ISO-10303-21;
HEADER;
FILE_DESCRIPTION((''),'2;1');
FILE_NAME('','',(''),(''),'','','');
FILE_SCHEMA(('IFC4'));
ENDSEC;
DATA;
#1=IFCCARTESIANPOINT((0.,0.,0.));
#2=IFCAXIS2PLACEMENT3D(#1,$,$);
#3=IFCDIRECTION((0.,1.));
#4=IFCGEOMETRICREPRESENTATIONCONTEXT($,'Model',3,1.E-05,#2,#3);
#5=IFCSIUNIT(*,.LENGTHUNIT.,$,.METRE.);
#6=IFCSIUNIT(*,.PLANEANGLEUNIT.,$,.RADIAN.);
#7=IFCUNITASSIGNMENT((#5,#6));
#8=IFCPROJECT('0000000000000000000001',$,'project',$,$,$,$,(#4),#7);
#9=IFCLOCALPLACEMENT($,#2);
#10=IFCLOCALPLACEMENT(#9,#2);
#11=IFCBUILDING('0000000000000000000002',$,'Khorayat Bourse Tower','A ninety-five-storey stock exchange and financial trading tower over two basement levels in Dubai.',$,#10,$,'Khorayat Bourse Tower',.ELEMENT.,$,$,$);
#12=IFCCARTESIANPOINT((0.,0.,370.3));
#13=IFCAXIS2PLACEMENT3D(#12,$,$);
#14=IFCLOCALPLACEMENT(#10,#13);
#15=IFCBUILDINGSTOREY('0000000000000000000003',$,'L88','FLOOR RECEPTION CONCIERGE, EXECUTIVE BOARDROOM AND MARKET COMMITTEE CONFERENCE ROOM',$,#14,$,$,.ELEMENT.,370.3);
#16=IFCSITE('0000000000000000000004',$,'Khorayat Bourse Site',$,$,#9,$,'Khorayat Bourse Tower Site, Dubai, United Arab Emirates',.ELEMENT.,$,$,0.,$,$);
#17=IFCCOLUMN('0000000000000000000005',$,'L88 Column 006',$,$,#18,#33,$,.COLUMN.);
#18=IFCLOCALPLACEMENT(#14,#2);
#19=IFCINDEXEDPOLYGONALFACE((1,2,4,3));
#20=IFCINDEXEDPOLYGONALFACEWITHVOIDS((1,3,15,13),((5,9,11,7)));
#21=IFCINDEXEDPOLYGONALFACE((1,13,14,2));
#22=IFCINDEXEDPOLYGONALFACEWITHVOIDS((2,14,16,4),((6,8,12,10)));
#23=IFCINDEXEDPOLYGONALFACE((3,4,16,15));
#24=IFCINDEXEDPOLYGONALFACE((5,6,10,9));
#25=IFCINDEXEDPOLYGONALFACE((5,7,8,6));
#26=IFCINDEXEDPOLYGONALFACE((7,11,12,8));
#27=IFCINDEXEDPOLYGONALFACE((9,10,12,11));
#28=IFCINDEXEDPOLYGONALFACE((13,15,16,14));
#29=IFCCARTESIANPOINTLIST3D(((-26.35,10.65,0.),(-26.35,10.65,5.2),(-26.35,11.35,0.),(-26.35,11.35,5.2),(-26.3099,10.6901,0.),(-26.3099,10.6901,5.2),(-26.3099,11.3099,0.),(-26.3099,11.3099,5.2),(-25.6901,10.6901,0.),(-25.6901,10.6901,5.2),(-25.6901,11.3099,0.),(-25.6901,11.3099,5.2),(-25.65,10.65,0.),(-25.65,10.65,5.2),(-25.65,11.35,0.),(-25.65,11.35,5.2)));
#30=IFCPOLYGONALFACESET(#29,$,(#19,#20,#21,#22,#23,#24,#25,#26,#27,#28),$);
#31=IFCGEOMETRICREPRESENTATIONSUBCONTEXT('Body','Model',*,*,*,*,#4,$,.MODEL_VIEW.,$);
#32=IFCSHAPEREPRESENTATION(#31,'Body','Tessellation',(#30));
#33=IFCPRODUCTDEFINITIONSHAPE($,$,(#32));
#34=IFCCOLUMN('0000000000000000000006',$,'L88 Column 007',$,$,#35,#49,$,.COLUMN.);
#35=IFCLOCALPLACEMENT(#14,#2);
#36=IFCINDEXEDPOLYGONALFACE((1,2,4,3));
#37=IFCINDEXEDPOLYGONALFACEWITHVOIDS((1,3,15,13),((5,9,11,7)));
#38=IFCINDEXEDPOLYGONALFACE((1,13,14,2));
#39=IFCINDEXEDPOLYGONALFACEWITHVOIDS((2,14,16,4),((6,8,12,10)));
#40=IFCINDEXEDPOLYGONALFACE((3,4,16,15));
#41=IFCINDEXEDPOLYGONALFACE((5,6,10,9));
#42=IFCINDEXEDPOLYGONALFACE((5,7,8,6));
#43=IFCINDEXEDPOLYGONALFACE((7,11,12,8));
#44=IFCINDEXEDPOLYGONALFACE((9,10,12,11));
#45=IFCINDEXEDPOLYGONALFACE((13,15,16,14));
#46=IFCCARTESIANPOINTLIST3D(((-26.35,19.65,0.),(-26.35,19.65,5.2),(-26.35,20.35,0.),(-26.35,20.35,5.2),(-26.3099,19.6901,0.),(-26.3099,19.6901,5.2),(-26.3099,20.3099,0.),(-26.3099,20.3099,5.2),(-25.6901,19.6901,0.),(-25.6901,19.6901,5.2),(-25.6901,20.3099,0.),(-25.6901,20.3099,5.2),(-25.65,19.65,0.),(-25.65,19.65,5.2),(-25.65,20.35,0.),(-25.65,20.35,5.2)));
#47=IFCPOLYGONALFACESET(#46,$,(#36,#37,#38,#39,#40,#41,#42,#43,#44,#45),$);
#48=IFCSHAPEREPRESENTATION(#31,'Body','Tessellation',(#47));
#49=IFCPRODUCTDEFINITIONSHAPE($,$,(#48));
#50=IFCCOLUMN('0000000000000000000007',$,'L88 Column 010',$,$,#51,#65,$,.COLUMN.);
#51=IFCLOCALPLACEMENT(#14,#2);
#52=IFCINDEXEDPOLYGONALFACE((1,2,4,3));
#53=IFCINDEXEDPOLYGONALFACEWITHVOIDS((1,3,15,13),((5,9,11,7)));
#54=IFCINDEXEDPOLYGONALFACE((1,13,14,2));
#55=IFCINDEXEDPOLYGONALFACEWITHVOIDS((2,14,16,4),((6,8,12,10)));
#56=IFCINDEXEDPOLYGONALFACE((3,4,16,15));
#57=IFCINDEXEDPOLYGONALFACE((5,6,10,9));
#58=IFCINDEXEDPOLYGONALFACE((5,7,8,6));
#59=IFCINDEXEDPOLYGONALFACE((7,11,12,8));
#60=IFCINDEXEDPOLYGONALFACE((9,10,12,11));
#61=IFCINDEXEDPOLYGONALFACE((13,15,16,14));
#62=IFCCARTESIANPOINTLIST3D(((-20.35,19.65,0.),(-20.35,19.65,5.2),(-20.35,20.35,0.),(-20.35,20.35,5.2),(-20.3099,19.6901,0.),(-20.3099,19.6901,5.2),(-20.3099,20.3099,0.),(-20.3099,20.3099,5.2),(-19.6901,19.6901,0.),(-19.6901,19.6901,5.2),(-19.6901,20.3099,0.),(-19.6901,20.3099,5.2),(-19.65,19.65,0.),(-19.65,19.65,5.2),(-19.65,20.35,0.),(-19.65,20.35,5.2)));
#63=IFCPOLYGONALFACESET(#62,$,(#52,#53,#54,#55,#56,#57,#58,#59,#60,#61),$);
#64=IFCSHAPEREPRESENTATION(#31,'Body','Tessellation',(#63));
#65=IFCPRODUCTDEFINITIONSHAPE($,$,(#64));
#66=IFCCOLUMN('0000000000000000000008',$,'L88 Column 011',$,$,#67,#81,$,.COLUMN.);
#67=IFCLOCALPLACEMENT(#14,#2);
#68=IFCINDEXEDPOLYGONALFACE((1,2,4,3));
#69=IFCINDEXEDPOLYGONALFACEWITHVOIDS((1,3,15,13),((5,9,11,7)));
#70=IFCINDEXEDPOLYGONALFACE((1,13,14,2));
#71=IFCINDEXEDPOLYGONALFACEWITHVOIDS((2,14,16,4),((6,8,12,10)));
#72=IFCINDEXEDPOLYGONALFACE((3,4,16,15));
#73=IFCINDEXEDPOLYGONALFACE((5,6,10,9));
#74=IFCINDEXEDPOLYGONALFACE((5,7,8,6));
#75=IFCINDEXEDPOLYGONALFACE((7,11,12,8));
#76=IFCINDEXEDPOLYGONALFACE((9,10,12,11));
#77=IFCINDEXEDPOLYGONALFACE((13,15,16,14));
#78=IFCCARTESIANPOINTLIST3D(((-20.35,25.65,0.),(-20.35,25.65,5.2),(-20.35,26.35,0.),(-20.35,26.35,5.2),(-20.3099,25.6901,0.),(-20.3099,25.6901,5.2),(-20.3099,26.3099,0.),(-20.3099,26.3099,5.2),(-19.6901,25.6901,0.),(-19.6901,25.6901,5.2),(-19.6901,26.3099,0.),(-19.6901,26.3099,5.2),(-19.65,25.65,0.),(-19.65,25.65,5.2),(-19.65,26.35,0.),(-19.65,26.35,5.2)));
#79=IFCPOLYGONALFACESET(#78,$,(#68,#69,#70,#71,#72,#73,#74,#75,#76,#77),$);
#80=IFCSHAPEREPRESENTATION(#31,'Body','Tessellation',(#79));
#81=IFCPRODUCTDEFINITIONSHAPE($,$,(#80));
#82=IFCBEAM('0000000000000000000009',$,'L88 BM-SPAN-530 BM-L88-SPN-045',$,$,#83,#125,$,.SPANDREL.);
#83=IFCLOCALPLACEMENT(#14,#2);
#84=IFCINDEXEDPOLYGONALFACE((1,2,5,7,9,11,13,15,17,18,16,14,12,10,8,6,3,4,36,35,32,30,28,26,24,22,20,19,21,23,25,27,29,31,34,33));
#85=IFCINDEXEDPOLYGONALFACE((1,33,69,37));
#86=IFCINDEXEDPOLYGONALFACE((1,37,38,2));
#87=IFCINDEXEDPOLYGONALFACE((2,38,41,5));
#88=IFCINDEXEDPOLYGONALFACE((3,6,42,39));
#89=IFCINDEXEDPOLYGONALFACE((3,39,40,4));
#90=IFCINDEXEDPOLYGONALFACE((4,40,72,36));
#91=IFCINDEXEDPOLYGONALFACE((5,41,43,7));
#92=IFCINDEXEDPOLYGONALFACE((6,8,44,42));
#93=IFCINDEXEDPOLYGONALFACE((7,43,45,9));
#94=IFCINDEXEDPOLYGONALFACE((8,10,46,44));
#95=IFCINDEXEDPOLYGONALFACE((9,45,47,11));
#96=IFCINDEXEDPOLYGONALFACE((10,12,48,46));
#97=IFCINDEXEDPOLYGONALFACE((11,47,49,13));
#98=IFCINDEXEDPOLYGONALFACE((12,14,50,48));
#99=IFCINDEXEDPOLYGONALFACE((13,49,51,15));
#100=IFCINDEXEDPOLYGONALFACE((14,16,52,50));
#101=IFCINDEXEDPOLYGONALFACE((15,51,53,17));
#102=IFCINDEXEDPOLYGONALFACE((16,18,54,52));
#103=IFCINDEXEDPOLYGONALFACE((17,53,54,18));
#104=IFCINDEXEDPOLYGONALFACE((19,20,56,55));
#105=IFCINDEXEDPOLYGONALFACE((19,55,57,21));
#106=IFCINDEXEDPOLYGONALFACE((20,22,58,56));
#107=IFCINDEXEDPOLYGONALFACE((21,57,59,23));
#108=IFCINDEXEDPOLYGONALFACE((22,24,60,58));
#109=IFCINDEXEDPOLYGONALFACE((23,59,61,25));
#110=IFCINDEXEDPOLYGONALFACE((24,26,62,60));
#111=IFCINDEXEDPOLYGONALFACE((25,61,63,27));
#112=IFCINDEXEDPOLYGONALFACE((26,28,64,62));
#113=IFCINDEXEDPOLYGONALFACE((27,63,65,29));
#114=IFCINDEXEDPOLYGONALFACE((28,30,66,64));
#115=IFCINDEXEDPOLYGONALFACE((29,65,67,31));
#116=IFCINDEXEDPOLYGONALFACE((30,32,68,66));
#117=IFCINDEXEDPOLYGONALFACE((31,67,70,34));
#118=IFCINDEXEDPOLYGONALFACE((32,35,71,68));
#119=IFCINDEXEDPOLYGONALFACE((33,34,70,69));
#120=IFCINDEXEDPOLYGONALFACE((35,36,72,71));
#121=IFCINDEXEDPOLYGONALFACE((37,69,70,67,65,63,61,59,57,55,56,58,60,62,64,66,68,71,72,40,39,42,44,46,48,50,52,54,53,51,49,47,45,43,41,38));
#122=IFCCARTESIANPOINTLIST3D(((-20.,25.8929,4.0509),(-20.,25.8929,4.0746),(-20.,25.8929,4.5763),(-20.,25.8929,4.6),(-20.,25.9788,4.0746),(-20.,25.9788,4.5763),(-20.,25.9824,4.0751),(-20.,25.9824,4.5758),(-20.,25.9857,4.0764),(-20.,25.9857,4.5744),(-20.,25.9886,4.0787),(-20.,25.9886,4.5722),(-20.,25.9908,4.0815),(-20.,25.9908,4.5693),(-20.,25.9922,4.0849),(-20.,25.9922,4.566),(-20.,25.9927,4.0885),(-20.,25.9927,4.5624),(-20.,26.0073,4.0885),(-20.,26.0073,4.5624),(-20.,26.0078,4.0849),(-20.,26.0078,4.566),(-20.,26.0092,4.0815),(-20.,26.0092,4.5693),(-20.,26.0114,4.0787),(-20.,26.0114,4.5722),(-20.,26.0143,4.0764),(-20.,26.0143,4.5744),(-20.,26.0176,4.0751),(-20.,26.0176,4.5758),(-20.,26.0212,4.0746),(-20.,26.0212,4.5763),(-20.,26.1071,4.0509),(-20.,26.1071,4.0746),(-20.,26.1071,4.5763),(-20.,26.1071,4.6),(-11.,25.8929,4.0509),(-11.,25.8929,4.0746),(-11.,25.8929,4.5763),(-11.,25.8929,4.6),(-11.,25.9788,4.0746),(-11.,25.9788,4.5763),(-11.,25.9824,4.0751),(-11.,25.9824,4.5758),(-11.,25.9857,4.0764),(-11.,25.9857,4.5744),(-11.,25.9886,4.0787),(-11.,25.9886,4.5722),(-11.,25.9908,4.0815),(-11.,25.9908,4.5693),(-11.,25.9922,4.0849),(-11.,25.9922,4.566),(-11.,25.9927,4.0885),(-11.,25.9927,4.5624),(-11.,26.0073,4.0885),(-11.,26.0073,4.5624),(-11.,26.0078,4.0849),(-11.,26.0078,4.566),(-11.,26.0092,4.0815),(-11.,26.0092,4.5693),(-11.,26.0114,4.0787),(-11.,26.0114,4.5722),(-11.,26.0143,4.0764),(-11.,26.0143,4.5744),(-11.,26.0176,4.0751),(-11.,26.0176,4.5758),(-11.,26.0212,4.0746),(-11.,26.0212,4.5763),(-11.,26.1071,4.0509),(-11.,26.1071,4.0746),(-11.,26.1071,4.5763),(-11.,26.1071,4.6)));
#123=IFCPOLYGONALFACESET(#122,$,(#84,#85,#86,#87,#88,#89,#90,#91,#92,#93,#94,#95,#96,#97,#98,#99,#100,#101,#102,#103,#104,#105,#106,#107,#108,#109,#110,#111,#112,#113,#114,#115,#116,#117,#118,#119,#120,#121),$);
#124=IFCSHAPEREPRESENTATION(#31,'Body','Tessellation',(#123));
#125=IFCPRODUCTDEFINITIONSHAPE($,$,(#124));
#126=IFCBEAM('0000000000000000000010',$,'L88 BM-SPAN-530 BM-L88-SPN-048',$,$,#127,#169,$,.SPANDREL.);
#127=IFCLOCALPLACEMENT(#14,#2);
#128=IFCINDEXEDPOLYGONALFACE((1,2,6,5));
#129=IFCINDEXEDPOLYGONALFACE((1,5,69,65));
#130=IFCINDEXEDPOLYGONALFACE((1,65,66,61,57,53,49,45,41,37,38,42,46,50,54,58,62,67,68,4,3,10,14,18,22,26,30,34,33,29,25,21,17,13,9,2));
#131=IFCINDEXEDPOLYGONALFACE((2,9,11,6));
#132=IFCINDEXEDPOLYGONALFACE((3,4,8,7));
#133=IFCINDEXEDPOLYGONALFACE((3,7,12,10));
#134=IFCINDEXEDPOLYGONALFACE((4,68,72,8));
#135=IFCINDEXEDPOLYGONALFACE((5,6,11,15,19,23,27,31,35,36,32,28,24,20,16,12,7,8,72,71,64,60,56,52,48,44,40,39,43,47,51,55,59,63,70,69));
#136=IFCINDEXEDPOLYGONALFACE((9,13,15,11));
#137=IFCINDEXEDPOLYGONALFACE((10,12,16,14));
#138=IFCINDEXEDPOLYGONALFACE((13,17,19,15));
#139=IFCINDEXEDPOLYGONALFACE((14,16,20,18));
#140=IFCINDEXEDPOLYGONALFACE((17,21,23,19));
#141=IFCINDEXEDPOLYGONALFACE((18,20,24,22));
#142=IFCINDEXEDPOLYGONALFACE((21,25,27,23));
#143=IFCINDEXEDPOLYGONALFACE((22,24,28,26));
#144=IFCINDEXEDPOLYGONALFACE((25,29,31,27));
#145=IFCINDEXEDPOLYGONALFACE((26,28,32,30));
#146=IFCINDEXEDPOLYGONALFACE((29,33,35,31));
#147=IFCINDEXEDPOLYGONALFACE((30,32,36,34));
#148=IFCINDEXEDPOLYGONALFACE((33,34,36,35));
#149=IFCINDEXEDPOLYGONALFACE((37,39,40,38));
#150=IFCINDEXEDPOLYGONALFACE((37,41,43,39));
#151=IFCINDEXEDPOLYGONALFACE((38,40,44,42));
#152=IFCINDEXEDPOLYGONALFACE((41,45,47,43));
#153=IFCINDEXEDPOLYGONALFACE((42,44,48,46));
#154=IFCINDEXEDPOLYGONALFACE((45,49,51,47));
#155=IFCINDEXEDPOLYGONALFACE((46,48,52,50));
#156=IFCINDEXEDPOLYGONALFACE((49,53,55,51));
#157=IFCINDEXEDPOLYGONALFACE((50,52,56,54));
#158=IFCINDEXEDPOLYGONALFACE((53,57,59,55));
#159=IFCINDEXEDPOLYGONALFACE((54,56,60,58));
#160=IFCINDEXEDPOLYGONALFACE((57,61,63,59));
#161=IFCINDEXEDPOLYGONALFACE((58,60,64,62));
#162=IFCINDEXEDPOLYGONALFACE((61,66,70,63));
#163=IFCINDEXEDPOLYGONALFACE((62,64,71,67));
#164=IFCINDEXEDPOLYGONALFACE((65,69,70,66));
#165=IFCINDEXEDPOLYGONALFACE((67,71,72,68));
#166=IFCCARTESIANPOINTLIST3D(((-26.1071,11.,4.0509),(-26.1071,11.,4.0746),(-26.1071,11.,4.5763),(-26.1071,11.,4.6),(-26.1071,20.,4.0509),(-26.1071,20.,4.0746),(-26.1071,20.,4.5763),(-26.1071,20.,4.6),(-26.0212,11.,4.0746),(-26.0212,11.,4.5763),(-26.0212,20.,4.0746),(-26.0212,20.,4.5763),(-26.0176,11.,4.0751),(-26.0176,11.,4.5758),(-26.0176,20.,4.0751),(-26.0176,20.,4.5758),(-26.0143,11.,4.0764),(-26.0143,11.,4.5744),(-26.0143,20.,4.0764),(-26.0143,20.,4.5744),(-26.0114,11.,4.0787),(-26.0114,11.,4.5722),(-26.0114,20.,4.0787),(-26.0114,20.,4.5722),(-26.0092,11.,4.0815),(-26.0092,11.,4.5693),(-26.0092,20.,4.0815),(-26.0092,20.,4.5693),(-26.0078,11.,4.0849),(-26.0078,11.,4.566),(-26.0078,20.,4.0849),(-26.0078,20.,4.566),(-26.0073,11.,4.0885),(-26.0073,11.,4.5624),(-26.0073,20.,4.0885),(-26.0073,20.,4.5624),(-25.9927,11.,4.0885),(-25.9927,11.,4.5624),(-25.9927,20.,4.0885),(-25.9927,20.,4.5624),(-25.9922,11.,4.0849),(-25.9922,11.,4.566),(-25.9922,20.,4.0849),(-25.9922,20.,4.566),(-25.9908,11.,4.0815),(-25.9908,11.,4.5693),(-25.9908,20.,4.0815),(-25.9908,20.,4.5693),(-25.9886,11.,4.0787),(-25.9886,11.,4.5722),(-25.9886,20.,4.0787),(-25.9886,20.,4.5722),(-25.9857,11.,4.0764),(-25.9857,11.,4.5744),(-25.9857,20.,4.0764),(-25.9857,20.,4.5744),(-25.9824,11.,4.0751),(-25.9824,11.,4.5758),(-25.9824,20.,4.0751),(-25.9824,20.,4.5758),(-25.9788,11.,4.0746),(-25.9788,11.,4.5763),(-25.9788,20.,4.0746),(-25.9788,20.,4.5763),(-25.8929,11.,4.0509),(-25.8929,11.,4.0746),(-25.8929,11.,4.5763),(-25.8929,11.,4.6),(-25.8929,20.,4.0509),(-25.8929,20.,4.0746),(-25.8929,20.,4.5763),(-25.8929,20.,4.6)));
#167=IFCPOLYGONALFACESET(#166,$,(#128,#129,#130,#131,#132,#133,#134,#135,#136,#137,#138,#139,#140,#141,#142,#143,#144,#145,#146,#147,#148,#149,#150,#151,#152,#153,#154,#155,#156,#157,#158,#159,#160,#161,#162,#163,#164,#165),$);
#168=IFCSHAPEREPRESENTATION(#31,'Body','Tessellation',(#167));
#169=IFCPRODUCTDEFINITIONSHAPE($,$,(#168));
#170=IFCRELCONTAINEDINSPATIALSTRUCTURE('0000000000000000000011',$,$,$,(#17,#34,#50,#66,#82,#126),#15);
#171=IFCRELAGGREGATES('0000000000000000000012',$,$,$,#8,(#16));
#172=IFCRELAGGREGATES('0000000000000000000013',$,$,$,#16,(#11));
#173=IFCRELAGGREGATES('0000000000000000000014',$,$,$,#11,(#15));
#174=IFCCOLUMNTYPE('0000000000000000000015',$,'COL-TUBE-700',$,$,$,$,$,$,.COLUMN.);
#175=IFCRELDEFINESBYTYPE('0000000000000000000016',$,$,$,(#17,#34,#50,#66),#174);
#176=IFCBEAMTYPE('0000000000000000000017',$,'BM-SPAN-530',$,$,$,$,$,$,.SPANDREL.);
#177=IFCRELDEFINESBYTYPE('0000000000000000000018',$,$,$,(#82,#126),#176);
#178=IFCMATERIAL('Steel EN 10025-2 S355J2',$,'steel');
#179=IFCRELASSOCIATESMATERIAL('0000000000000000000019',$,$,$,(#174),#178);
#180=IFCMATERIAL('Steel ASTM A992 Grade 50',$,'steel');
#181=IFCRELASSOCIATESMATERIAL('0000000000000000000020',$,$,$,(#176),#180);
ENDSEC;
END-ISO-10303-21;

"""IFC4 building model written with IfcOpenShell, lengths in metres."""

from ifc_helpers import new_model, si_unit, direction, frame, origin, origin_2d, place, context, subcontext, project, spatial, hollow_rectangle, i_section, extrude, source, transform, mapped, material, material_profile, profile_set, type_object, element, save


model = new_model("IFC4")

# Units and contexts
model_context = context("Model", 3, precision=1e-05, world=origin(), true_north=direction((0.0, 1.0)))
body_context = subcontext(model_context, "Body", "Model", "MODEL_VIEW")
ifc_project = project(units=[si_unit("LENGTHUNIT", "METRE"), si_unit("PLANEANGLEUNIT", "RADIAN")], contexts=[model_context])

# Site, building, storey
site_placement = place(None, origin())
site = spatial("IfcSite", under=ifc_project, at=site_placement, Name="Khorayat Bourse Site", LongName="Khorayat Bourse Tower Site, Dubai, United Arab Emirates", CompositionType="ELEMENT", RefElevation=0.0)
building_placement = place(site_placement, origin())
building = spatial("IfcBuilding", under=site, at=building_placement, Name="Khorayat Bourse Tower", Description="A ninety-five-storey stock exchange and financial trading tower over two basement levels in Dubai.", LongName="Khorayat Bourse Tower", CompositionType="ELEMENT")
storey_placement = place(building_placement, frame((0.0, 0.0, 370.3)))
storey = spatial("IfcBuildingStorey", under=building, at=storey_placement, Name="L88", Description="FLOOR RECEPTION CONCIERGE, EXECUTIVE BOARDROOM AND MARKET COMMITTEE CONFERENCE ROOM", CompositionType="ELEMENT", Elevation=370.3)

# Columns
ifc_material_1 = material(Name="Steel EN 10025-2 S355J2", Category="steel")
ifc_material_profile_1 = material_profile(ifc_material_1, hollow_rectangle(XDim=0.7, YDim=0.7, WallThickness=0.04, at=origin_2d()), Name="BOX 700x700x40")
ifc_profile_set_1 = profile_set([ifc_material_profile_1], Name="Steel EN 10025-2 S355J2")
column_type = type_object("IfcColumnType", Name="COL-TUBE-700", PredefinedType="COLUMN", material=ifc_profile_set_1)
shared_shape_1 = source(origin(), body_context, "Body", "SweptSolid", [
    extrude(hollow_rectangle(XDim=0.7, YDim=0.7, WallThickness=0.04, at=origin_2d()), origin(), (0.0, 0.0, 1.0), 5.2),
])
for number, where, z_axis, x_axis, name in (
    (1, (-26.0, 11.0, 0.0), (0.0, 0.0, 1.0), (1.0, 0.0, 0.0), "L88 Column 006"),
    (2, (-26.0, 20.0, 0.0), (0.0, 0.0, 1.0), (1.0, 0.0, 0.0), "L88 Column 007"),
    (3, (-20.0, 20.0, 0.0), (0.0, 0.0, 1.0), (1.0, 0.0, 0.0), "L88 Column 010"),
    (4, (-20.0, 26.0, 0.0), (0.0, 0.0, 1.0), (1.0, 0.0, 0.0), "L88 Column 011"),
):
    element("IfcColumn", number, at=place(storey_placement, frame(where, z_axis=z_axis, x_axis=x_axis)), inside=storey, type_object=column_type, Name=name, PredefinedType="COLUMN", context=body_context, shape_type="MappedRepresentation", body=[
        mapped(shared_shape_1, transform((0.0, 0.0, 0.0), scale=1.0)),
    ])

# Beams
ifc_material_2 = material(Name="Steel ASTM A992 Grade 50", Category="steel")
ifc_material_profile_2 = material_profile(ifc_material_2, i_section(OverallWidth=0.2141, OverallDepth=0.5491, WebThickness=0.0146, FlangeThickness=0.0237, FilletRadius=0.0139, at=origin_2d()), Name="W530X138")
ifc_profile_set_2 = profile_set([ifc_material_profile_2], Name="Steel ASTM A992 Grade 50")
beam_type_1 = type_object("IfcBeamType", Name="BM-SPAN-530", PredefinedType="SPANDREL", material=ifc_profile_set_2)
shared_shape_2 = source(origin(), body_context, "Body", "SweptSolid", [
    extrude(i_section(OverallWidth=0.2141, OverallDepth=0.5491, WebThickness=0.0146, FlangeThickness=0.0237, FilletRadius=0.0139, at=origin_2d()), origin(), (0.0, 0.0, 1.0), 9.0),
])
for number, where, z_axis, x_axis, name in (
    (5, (-20.0, 26.0, 4.3254), (1.0, 0.0, 0.0), (0.0, 1.0, 0.0), "L88 BM-SPAN-530 BM-L88-SPN-045"),
    (6, (-26.0, 11.0, 4.3254), (0.0, 1.0, 0.0), (-1.0, 0.0, 0.0), "L88 BM-SPAN-530 BM-L88-SPN-048"),
):
    element("IfcBeam", number, at=place(storey_placement, frame(where, z_axis=z_axis, x_axis=x_axis)), inside=storey, type_object=beam_type_1, Name=name, PredefinedType="SPANDREL", context=body_context, shape_type="MappedRepresentation", body=[
        mapped(shared_shape_2, transform((0.0, 0.0, 0.0), scale=1.0)),
    ])

save(model, "model.ifc")
